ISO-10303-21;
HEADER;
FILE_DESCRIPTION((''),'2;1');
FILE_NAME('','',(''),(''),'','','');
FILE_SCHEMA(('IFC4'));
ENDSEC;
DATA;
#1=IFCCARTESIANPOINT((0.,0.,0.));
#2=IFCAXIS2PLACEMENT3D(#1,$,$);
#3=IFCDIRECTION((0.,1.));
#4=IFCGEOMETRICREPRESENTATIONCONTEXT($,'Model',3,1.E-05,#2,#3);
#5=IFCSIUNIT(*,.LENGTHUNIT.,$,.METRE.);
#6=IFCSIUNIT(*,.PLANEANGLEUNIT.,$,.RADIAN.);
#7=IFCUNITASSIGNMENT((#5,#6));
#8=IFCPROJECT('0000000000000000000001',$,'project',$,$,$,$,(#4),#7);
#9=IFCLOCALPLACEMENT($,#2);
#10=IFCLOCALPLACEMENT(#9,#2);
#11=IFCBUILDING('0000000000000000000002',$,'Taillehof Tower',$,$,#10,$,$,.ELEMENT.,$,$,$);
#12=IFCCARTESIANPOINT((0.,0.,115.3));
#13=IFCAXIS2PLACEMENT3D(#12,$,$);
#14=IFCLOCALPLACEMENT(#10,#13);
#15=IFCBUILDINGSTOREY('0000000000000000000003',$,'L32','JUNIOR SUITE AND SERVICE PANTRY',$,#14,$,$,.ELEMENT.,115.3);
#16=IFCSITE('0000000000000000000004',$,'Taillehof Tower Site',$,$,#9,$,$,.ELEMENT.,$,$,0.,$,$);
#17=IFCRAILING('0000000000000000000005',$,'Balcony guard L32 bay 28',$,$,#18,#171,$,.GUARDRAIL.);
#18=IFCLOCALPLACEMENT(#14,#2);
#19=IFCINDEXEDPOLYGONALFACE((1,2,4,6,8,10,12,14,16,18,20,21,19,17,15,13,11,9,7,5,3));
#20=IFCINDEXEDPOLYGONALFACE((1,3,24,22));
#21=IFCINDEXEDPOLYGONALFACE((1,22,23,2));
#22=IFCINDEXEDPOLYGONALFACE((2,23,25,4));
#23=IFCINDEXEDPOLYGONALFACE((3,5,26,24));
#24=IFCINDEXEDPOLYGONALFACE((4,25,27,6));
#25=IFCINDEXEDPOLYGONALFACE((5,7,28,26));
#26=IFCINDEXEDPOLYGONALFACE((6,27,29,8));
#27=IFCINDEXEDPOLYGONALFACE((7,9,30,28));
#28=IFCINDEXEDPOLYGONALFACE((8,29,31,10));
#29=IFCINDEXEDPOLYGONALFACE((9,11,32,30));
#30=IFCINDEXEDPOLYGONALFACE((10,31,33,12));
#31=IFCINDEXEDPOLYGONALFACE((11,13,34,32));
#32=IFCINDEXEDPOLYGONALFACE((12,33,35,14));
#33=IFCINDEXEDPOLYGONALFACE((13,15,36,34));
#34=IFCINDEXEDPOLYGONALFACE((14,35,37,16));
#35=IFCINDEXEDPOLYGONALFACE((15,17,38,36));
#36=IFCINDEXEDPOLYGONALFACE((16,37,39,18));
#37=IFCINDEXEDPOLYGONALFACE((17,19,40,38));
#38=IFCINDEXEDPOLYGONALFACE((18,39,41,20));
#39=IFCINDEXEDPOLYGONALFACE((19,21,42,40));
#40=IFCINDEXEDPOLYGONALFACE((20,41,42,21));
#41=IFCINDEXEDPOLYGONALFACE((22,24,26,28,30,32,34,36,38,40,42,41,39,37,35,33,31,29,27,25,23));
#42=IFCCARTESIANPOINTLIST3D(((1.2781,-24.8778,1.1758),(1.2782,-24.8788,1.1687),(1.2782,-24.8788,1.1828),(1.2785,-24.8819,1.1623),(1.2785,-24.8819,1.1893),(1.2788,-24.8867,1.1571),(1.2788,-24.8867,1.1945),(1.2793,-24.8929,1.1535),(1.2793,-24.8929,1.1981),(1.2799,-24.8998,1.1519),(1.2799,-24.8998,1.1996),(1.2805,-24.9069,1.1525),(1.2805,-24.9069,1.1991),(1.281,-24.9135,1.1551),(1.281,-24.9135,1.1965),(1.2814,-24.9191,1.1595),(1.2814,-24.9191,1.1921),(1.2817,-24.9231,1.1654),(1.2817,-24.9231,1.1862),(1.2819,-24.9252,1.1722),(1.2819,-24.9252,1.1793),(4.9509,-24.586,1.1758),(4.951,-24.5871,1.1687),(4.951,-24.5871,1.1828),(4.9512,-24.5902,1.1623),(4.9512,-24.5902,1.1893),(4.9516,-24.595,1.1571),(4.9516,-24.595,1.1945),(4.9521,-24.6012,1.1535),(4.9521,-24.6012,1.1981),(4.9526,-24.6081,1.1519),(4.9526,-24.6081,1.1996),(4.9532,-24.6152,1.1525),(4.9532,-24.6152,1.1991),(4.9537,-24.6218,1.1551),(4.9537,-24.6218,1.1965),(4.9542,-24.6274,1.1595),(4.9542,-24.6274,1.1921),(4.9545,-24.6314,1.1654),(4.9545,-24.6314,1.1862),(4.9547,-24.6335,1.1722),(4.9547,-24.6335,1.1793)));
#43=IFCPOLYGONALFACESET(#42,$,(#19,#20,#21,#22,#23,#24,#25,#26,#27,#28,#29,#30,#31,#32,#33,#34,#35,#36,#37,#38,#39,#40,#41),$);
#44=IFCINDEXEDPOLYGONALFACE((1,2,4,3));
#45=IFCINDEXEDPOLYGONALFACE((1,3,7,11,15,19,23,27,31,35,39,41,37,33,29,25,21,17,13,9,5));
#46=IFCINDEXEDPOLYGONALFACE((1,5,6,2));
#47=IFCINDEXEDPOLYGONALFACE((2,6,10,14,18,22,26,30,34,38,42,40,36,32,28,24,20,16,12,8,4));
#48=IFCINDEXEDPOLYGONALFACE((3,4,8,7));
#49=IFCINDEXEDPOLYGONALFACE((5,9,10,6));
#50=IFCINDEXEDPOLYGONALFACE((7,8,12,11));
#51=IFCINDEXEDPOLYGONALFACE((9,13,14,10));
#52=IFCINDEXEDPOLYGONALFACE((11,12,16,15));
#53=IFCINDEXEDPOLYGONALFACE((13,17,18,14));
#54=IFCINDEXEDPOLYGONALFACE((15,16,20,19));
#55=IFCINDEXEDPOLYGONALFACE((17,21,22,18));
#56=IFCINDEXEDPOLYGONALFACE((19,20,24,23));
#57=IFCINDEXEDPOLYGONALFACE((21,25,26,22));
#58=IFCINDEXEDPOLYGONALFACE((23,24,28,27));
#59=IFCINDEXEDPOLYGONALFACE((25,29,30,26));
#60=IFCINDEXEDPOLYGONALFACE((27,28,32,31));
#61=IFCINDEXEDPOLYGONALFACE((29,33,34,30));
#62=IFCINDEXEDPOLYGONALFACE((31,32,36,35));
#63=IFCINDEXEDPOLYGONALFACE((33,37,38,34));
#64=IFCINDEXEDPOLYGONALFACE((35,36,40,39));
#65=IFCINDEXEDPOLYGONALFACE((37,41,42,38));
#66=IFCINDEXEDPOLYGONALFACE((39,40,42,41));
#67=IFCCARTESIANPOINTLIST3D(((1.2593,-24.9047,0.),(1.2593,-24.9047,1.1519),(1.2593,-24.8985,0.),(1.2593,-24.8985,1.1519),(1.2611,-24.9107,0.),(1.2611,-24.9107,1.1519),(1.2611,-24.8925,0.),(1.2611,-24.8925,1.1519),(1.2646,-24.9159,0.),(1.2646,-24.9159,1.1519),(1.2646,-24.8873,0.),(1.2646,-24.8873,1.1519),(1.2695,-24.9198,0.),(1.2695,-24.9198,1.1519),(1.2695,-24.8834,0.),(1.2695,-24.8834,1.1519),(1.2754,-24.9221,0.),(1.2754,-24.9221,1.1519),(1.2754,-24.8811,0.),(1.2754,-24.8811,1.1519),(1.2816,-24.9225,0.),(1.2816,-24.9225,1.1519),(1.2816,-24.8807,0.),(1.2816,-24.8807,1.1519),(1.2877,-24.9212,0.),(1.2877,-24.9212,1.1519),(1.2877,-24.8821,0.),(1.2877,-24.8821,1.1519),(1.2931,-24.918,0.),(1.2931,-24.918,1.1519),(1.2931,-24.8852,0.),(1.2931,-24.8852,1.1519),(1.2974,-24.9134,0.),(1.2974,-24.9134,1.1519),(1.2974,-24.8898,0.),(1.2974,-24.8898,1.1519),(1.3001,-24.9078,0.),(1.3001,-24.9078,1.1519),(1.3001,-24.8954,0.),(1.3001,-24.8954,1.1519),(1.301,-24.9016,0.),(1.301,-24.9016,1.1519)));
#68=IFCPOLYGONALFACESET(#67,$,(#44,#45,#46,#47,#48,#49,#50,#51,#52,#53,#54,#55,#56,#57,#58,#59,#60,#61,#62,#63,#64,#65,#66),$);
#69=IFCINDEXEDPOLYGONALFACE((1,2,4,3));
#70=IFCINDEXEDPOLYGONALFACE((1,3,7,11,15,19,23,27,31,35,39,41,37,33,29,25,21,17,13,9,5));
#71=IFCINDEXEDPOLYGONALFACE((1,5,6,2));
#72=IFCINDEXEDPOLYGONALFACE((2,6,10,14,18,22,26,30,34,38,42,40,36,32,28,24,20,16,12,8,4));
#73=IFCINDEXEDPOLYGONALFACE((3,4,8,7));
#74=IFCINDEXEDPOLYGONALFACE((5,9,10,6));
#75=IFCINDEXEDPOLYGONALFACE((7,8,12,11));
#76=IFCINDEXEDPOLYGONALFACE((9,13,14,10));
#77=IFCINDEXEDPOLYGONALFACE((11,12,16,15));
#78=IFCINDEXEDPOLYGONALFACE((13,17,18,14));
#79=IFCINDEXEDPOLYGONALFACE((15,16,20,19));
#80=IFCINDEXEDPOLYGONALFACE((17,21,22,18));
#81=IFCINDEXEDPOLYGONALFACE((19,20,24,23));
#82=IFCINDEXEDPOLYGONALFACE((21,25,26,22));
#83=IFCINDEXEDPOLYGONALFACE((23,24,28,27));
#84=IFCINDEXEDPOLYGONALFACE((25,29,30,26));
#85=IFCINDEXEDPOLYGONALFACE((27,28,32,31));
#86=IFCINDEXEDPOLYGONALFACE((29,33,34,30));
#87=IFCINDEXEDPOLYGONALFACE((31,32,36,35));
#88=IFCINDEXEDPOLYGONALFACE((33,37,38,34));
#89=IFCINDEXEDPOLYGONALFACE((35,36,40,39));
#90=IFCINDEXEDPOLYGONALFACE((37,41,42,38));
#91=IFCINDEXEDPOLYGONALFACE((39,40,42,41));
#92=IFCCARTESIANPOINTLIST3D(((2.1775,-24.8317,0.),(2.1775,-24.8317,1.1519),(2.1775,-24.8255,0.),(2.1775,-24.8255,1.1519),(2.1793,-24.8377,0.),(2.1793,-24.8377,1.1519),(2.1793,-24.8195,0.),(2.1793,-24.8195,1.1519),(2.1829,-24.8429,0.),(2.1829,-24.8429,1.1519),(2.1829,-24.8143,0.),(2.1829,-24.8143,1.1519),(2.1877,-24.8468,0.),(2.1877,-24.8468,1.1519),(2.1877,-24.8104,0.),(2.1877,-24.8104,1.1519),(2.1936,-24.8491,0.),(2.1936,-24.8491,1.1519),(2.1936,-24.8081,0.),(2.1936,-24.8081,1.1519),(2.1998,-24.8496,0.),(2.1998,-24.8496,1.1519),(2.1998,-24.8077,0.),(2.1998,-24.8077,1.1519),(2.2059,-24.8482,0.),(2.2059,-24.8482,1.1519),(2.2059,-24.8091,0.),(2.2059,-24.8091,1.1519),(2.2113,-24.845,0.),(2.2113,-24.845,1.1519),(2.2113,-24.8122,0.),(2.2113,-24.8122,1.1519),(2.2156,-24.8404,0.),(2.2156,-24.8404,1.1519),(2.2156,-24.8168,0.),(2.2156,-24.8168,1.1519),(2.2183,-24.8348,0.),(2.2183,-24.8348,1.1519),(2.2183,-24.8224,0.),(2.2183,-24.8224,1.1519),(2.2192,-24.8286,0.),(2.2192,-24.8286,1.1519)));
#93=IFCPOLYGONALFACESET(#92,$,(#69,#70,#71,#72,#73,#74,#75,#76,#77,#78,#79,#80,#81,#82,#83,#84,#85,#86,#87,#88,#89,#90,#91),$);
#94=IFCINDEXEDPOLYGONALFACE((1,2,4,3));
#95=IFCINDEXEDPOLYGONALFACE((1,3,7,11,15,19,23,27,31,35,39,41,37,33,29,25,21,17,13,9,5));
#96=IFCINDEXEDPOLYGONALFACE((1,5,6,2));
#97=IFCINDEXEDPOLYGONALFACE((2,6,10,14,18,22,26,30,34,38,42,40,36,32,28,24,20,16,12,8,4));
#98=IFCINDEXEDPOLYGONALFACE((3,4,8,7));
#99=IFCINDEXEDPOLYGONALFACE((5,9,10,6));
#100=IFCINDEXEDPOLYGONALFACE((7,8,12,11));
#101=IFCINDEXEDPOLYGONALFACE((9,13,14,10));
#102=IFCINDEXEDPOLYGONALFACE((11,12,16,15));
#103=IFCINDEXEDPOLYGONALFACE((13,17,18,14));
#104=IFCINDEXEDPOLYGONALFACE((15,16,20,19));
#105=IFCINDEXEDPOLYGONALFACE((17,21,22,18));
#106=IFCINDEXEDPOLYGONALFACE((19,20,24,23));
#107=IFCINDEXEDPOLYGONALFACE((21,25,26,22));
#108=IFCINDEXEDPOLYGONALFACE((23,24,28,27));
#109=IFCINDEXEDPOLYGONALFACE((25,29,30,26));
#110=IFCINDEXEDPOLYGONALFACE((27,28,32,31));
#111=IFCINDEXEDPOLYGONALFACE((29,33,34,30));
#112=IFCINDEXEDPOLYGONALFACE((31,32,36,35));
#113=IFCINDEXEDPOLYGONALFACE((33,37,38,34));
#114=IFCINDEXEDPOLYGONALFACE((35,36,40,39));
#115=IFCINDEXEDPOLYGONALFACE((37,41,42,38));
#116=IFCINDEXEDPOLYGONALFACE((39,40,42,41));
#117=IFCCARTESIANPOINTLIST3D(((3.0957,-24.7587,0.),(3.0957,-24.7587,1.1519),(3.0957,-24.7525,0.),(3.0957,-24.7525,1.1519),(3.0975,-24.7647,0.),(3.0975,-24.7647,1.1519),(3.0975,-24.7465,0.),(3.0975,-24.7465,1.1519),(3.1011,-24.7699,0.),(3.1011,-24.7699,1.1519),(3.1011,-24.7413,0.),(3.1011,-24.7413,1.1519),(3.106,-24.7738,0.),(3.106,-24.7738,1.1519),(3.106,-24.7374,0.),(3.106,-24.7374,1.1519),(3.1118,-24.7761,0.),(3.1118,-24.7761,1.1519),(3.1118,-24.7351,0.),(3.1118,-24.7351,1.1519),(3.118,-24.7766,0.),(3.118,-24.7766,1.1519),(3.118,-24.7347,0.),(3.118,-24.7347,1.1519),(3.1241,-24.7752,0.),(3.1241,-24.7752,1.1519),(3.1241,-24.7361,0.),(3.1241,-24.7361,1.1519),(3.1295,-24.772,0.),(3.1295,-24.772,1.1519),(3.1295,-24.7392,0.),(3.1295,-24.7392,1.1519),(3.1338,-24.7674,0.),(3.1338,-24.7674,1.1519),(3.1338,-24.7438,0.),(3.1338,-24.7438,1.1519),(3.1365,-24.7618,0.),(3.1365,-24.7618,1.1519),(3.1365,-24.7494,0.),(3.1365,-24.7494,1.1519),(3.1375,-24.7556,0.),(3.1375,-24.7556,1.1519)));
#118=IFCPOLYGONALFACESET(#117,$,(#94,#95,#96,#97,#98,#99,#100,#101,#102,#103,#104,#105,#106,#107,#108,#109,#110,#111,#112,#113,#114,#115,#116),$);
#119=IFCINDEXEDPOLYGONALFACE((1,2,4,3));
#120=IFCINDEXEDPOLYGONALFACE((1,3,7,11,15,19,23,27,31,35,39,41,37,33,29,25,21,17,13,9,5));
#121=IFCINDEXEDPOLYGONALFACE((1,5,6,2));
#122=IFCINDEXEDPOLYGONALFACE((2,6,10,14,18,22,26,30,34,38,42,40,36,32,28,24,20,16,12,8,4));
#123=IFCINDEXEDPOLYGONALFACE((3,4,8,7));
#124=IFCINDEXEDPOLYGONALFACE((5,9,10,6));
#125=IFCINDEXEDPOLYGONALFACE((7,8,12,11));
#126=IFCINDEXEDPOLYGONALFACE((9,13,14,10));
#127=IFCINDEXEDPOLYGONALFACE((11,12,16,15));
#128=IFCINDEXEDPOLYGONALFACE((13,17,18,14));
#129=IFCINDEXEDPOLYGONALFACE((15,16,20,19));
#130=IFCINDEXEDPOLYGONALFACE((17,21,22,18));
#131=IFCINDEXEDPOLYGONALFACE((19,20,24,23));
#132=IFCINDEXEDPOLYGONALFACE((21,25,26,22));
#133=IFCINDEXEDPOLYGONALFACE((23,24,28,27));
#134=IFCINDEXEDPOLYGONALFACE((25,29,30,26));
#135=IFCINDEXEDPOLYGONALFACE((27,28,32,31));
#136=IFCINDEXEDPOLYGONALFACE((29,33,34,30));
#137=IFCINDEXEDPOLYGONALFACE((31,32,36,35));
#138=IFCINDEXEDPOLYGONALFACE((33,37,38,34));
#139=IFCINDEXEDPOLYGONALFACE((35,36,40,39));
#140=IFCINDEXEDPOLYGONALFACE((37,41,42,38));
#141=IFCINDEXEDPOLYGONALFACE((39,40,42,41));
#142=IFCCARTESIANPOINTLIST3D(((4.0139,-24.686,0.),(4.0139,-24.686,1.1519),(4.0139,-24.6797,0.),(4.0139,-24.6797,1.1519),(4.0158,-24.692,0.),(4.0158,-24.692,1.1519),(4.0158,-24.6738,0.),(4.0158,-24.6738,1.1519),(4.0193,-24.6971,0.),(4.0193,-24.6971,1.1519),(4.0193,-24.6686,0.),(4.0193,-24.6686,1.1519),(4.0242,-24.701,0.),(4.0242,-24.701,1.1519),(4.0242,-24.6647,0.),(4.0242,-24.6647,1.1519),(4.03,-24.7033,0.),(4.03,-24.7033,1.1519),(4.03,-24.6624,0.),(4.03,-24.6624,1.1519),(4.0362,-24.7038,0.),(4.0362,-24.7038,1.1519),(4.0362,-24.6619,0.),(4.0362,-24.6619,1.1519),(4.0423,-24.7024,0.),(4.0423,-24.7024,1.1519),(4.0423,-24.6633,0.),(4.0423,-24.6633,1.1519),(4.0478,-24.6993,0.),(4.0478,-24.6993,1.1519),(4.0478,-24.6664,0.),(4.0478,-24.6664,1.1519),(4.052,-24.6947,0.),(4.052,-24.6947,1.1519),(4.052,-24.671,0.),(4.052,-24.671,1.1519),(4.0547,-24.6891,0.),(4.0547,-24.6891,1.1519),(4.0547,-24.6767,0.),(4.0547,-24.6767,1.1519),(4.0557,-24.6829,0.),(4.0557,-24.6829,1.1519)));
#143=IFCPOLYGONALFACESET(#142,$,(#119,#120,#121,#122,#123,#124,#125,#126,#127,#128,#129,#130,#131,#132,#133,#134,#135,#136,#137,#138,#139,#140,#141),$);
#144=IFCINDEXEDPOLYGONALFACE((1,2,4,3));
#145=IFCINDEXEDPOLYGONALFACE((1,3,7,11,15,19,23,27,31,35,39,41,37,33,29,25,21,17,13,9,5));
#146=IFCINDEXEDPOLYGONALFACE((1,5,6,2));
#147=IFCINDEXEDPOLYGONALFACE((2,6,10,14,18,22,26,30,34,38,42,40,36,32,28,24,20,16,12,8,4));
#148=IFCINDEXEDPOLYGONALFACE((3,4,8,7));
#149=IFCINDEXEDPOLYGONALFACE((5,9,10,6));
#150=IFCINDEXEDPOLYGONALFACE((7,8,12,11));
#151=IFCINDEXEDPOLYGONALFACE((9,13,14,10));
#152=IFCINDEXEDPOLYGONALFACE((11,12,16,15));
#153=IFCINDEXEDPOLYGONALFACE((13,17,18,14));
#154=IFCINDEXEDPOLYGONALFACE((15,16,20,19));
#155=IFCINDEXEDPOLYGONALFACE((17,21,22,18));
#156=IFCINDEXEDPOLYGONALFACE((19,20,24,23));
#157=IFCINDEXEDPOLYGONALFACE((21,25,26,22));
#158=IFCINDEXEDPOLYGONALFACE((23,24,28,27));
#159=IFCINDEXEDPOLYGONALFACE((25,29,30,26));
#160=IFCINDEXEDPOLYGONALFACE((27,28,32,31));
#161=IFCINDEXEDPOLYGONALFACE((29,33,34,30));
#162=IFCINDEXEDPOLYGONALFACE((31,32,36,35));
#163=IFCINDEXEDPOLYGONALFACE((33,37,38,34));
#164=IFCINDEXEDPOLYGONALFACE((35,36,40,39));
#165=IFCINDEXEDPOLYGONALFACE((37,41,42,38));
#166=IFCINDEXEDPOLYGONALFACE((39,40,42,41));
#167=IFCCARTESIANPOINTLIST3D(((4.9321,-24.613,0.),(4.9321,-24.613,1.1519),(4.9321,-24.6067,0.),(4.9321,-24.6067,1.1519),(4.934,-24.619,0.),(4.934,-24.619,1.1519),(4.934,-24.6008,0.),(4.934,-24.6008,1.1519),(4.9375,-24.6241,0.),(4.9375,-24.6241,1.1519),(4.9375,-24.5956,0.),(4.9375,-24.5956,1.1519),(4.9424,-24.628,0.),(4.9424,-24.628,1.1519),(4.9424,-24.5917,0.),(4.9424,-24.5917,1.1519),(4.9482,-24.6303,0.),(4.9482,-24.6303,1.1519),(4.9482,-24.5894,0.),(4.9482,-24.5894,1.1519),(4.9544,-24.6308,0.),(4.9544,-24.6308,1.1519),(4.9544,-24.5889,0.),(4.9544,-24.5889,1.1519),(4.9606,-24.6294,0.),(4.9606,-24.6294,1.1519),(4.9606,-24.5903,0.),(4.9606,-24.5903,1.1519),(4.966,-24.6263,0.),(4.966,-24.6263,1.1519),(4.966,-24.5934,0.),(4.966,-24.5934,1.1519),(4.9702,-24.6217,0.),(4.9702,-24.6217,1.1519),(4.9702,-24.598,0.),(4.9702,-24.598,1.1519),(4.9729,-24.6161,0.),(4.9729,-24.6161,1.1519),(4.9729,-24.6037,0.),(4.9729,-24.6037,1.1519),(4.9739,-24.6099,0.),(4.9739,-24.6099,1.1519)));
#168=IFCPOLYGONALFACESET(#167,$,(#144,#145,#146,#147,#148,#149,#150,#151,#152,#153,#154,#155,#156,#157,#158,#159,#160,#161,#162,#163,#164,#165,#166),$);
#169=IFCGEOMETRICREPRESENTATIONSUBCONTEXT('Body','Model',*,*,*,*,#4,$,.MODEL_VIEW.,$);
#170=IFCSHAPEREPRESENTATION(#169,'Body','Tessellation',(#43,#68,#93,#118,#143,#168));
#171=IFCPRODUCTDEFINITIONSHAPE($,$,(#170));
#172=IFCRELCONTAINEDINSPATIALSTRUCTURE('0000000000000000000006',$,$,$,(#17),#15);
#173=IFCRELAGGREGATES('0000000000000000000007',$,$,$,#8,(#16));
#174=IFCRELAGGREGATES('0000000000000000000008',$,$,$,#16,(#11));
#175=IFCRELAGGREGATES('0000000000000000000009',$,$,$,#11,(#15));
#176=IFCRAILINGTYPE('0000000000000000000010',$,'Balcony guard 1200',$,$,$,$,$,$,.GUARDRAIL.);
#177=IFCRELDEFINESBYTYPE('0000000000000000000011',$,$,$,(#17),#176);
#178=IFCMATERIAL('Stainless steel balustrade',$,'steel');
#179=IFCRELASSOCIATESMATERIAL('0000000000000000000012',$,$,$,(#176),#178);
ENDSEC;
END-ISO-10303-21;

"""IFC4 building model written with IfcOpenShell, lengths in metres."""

from ifc_helpers import new_model, si_unit, direction, frame, origin, origin_2d, place, context, subcontext, project, spatial, circle, extrude, material, type_object, element, save


model = new_model("IFC4")

# Units and contexts
model_context = context("Model", 3, precision=1e-05, world=origin(), true_north=direction((0.0, 1.0)))
body_context = subcontext(model_context, "Body", "Model", "MODEL_VIEW")
ifc_project = project(units=[si_unit("LENGTHUNIT", "METRE"), si_unit("PLANEANGLEUNIT", "RADIAN")], contexts=[model_context])

# Site, building, storey
site_placement = place(None, origin())
site = spatial("IfcSite", under=ifc_project, at=site_placement, Name="Taillehof Tower Site", CompositionType="ELEMENT", RefElevation=0.0)
building_placement = place(site_placement, origin())
building = spatial("IfcBuilding", under=site, at=building_placement, Name="Taillehof Tower", CompositionType="ELEMENT")
storey_placement = place(building_placement, frame((0.0, 0.0, 115.3)))
storey = spatial("IfcBuildingStorey", under=building, at=storey_placement, Name="L32", Description="JUNIOR SUITE AND SERVICE PANTRY", CompositionType="ELEMENT", Elevation=115.3)

# Railing
ifc_material_1 = material(Name="Stainless steel balustrade", Category="steel")
railing_type = type_object("IfcRailingType", Name="Balcony guard 1200", PredefinedType="GUARDRAIL", material=ifc_material_1)
railing_1_placement = place(storey_placement, frame((1.28, -24.9016, 0.0)))
element("IfcRailing", 1, at=railing_1_placement, inside=storey, type_object=railing_type, Name="Balcony guard L32 bay 28", PredefinedType="GUARDRAIL", context=body_context, shape_type="SweptSolid", body=[
    extrude(circle(Radius=0.0239, at=origin_2d()), frame((0.0, 0.0, 1.1758), z_axis=(0.99686, 0.079184, 0.0), x_axis=(-0.079184, 0.99686, 0.0)), (0.0, 0.0, 1.0), 3.6843),
    extrude(circle(Radius=0.021, at=origin_2d()), origin(), (0.0, 0.0, 1.0), 1.1519),
    extrude(circle(Radius=0.021, at=origin_2d()), frame((0.9182, 0.073, 0.0)), (0.0, 0.0, 1.0), 1.1519),
    extrude(circle(Radius=0.021, at=origin_2d()), frame((1.8364, 0.146, 0.0)), (0.0, 0.0, 1.0), 1.1519),
    extrude(circle(Radius=0.021, at=origin_2d()), frame((2.7546, 0.2188, 0.0)), (0.0, 0.0, 1.0), 1.1519),
    extrude(circle(Radius=0.021, at=origin_2d()), frame((3.6729, 0.2917, 0.0)), (0.0, 0.0, 1.0), 1.1519),
])

save(model, "model.ifc")
